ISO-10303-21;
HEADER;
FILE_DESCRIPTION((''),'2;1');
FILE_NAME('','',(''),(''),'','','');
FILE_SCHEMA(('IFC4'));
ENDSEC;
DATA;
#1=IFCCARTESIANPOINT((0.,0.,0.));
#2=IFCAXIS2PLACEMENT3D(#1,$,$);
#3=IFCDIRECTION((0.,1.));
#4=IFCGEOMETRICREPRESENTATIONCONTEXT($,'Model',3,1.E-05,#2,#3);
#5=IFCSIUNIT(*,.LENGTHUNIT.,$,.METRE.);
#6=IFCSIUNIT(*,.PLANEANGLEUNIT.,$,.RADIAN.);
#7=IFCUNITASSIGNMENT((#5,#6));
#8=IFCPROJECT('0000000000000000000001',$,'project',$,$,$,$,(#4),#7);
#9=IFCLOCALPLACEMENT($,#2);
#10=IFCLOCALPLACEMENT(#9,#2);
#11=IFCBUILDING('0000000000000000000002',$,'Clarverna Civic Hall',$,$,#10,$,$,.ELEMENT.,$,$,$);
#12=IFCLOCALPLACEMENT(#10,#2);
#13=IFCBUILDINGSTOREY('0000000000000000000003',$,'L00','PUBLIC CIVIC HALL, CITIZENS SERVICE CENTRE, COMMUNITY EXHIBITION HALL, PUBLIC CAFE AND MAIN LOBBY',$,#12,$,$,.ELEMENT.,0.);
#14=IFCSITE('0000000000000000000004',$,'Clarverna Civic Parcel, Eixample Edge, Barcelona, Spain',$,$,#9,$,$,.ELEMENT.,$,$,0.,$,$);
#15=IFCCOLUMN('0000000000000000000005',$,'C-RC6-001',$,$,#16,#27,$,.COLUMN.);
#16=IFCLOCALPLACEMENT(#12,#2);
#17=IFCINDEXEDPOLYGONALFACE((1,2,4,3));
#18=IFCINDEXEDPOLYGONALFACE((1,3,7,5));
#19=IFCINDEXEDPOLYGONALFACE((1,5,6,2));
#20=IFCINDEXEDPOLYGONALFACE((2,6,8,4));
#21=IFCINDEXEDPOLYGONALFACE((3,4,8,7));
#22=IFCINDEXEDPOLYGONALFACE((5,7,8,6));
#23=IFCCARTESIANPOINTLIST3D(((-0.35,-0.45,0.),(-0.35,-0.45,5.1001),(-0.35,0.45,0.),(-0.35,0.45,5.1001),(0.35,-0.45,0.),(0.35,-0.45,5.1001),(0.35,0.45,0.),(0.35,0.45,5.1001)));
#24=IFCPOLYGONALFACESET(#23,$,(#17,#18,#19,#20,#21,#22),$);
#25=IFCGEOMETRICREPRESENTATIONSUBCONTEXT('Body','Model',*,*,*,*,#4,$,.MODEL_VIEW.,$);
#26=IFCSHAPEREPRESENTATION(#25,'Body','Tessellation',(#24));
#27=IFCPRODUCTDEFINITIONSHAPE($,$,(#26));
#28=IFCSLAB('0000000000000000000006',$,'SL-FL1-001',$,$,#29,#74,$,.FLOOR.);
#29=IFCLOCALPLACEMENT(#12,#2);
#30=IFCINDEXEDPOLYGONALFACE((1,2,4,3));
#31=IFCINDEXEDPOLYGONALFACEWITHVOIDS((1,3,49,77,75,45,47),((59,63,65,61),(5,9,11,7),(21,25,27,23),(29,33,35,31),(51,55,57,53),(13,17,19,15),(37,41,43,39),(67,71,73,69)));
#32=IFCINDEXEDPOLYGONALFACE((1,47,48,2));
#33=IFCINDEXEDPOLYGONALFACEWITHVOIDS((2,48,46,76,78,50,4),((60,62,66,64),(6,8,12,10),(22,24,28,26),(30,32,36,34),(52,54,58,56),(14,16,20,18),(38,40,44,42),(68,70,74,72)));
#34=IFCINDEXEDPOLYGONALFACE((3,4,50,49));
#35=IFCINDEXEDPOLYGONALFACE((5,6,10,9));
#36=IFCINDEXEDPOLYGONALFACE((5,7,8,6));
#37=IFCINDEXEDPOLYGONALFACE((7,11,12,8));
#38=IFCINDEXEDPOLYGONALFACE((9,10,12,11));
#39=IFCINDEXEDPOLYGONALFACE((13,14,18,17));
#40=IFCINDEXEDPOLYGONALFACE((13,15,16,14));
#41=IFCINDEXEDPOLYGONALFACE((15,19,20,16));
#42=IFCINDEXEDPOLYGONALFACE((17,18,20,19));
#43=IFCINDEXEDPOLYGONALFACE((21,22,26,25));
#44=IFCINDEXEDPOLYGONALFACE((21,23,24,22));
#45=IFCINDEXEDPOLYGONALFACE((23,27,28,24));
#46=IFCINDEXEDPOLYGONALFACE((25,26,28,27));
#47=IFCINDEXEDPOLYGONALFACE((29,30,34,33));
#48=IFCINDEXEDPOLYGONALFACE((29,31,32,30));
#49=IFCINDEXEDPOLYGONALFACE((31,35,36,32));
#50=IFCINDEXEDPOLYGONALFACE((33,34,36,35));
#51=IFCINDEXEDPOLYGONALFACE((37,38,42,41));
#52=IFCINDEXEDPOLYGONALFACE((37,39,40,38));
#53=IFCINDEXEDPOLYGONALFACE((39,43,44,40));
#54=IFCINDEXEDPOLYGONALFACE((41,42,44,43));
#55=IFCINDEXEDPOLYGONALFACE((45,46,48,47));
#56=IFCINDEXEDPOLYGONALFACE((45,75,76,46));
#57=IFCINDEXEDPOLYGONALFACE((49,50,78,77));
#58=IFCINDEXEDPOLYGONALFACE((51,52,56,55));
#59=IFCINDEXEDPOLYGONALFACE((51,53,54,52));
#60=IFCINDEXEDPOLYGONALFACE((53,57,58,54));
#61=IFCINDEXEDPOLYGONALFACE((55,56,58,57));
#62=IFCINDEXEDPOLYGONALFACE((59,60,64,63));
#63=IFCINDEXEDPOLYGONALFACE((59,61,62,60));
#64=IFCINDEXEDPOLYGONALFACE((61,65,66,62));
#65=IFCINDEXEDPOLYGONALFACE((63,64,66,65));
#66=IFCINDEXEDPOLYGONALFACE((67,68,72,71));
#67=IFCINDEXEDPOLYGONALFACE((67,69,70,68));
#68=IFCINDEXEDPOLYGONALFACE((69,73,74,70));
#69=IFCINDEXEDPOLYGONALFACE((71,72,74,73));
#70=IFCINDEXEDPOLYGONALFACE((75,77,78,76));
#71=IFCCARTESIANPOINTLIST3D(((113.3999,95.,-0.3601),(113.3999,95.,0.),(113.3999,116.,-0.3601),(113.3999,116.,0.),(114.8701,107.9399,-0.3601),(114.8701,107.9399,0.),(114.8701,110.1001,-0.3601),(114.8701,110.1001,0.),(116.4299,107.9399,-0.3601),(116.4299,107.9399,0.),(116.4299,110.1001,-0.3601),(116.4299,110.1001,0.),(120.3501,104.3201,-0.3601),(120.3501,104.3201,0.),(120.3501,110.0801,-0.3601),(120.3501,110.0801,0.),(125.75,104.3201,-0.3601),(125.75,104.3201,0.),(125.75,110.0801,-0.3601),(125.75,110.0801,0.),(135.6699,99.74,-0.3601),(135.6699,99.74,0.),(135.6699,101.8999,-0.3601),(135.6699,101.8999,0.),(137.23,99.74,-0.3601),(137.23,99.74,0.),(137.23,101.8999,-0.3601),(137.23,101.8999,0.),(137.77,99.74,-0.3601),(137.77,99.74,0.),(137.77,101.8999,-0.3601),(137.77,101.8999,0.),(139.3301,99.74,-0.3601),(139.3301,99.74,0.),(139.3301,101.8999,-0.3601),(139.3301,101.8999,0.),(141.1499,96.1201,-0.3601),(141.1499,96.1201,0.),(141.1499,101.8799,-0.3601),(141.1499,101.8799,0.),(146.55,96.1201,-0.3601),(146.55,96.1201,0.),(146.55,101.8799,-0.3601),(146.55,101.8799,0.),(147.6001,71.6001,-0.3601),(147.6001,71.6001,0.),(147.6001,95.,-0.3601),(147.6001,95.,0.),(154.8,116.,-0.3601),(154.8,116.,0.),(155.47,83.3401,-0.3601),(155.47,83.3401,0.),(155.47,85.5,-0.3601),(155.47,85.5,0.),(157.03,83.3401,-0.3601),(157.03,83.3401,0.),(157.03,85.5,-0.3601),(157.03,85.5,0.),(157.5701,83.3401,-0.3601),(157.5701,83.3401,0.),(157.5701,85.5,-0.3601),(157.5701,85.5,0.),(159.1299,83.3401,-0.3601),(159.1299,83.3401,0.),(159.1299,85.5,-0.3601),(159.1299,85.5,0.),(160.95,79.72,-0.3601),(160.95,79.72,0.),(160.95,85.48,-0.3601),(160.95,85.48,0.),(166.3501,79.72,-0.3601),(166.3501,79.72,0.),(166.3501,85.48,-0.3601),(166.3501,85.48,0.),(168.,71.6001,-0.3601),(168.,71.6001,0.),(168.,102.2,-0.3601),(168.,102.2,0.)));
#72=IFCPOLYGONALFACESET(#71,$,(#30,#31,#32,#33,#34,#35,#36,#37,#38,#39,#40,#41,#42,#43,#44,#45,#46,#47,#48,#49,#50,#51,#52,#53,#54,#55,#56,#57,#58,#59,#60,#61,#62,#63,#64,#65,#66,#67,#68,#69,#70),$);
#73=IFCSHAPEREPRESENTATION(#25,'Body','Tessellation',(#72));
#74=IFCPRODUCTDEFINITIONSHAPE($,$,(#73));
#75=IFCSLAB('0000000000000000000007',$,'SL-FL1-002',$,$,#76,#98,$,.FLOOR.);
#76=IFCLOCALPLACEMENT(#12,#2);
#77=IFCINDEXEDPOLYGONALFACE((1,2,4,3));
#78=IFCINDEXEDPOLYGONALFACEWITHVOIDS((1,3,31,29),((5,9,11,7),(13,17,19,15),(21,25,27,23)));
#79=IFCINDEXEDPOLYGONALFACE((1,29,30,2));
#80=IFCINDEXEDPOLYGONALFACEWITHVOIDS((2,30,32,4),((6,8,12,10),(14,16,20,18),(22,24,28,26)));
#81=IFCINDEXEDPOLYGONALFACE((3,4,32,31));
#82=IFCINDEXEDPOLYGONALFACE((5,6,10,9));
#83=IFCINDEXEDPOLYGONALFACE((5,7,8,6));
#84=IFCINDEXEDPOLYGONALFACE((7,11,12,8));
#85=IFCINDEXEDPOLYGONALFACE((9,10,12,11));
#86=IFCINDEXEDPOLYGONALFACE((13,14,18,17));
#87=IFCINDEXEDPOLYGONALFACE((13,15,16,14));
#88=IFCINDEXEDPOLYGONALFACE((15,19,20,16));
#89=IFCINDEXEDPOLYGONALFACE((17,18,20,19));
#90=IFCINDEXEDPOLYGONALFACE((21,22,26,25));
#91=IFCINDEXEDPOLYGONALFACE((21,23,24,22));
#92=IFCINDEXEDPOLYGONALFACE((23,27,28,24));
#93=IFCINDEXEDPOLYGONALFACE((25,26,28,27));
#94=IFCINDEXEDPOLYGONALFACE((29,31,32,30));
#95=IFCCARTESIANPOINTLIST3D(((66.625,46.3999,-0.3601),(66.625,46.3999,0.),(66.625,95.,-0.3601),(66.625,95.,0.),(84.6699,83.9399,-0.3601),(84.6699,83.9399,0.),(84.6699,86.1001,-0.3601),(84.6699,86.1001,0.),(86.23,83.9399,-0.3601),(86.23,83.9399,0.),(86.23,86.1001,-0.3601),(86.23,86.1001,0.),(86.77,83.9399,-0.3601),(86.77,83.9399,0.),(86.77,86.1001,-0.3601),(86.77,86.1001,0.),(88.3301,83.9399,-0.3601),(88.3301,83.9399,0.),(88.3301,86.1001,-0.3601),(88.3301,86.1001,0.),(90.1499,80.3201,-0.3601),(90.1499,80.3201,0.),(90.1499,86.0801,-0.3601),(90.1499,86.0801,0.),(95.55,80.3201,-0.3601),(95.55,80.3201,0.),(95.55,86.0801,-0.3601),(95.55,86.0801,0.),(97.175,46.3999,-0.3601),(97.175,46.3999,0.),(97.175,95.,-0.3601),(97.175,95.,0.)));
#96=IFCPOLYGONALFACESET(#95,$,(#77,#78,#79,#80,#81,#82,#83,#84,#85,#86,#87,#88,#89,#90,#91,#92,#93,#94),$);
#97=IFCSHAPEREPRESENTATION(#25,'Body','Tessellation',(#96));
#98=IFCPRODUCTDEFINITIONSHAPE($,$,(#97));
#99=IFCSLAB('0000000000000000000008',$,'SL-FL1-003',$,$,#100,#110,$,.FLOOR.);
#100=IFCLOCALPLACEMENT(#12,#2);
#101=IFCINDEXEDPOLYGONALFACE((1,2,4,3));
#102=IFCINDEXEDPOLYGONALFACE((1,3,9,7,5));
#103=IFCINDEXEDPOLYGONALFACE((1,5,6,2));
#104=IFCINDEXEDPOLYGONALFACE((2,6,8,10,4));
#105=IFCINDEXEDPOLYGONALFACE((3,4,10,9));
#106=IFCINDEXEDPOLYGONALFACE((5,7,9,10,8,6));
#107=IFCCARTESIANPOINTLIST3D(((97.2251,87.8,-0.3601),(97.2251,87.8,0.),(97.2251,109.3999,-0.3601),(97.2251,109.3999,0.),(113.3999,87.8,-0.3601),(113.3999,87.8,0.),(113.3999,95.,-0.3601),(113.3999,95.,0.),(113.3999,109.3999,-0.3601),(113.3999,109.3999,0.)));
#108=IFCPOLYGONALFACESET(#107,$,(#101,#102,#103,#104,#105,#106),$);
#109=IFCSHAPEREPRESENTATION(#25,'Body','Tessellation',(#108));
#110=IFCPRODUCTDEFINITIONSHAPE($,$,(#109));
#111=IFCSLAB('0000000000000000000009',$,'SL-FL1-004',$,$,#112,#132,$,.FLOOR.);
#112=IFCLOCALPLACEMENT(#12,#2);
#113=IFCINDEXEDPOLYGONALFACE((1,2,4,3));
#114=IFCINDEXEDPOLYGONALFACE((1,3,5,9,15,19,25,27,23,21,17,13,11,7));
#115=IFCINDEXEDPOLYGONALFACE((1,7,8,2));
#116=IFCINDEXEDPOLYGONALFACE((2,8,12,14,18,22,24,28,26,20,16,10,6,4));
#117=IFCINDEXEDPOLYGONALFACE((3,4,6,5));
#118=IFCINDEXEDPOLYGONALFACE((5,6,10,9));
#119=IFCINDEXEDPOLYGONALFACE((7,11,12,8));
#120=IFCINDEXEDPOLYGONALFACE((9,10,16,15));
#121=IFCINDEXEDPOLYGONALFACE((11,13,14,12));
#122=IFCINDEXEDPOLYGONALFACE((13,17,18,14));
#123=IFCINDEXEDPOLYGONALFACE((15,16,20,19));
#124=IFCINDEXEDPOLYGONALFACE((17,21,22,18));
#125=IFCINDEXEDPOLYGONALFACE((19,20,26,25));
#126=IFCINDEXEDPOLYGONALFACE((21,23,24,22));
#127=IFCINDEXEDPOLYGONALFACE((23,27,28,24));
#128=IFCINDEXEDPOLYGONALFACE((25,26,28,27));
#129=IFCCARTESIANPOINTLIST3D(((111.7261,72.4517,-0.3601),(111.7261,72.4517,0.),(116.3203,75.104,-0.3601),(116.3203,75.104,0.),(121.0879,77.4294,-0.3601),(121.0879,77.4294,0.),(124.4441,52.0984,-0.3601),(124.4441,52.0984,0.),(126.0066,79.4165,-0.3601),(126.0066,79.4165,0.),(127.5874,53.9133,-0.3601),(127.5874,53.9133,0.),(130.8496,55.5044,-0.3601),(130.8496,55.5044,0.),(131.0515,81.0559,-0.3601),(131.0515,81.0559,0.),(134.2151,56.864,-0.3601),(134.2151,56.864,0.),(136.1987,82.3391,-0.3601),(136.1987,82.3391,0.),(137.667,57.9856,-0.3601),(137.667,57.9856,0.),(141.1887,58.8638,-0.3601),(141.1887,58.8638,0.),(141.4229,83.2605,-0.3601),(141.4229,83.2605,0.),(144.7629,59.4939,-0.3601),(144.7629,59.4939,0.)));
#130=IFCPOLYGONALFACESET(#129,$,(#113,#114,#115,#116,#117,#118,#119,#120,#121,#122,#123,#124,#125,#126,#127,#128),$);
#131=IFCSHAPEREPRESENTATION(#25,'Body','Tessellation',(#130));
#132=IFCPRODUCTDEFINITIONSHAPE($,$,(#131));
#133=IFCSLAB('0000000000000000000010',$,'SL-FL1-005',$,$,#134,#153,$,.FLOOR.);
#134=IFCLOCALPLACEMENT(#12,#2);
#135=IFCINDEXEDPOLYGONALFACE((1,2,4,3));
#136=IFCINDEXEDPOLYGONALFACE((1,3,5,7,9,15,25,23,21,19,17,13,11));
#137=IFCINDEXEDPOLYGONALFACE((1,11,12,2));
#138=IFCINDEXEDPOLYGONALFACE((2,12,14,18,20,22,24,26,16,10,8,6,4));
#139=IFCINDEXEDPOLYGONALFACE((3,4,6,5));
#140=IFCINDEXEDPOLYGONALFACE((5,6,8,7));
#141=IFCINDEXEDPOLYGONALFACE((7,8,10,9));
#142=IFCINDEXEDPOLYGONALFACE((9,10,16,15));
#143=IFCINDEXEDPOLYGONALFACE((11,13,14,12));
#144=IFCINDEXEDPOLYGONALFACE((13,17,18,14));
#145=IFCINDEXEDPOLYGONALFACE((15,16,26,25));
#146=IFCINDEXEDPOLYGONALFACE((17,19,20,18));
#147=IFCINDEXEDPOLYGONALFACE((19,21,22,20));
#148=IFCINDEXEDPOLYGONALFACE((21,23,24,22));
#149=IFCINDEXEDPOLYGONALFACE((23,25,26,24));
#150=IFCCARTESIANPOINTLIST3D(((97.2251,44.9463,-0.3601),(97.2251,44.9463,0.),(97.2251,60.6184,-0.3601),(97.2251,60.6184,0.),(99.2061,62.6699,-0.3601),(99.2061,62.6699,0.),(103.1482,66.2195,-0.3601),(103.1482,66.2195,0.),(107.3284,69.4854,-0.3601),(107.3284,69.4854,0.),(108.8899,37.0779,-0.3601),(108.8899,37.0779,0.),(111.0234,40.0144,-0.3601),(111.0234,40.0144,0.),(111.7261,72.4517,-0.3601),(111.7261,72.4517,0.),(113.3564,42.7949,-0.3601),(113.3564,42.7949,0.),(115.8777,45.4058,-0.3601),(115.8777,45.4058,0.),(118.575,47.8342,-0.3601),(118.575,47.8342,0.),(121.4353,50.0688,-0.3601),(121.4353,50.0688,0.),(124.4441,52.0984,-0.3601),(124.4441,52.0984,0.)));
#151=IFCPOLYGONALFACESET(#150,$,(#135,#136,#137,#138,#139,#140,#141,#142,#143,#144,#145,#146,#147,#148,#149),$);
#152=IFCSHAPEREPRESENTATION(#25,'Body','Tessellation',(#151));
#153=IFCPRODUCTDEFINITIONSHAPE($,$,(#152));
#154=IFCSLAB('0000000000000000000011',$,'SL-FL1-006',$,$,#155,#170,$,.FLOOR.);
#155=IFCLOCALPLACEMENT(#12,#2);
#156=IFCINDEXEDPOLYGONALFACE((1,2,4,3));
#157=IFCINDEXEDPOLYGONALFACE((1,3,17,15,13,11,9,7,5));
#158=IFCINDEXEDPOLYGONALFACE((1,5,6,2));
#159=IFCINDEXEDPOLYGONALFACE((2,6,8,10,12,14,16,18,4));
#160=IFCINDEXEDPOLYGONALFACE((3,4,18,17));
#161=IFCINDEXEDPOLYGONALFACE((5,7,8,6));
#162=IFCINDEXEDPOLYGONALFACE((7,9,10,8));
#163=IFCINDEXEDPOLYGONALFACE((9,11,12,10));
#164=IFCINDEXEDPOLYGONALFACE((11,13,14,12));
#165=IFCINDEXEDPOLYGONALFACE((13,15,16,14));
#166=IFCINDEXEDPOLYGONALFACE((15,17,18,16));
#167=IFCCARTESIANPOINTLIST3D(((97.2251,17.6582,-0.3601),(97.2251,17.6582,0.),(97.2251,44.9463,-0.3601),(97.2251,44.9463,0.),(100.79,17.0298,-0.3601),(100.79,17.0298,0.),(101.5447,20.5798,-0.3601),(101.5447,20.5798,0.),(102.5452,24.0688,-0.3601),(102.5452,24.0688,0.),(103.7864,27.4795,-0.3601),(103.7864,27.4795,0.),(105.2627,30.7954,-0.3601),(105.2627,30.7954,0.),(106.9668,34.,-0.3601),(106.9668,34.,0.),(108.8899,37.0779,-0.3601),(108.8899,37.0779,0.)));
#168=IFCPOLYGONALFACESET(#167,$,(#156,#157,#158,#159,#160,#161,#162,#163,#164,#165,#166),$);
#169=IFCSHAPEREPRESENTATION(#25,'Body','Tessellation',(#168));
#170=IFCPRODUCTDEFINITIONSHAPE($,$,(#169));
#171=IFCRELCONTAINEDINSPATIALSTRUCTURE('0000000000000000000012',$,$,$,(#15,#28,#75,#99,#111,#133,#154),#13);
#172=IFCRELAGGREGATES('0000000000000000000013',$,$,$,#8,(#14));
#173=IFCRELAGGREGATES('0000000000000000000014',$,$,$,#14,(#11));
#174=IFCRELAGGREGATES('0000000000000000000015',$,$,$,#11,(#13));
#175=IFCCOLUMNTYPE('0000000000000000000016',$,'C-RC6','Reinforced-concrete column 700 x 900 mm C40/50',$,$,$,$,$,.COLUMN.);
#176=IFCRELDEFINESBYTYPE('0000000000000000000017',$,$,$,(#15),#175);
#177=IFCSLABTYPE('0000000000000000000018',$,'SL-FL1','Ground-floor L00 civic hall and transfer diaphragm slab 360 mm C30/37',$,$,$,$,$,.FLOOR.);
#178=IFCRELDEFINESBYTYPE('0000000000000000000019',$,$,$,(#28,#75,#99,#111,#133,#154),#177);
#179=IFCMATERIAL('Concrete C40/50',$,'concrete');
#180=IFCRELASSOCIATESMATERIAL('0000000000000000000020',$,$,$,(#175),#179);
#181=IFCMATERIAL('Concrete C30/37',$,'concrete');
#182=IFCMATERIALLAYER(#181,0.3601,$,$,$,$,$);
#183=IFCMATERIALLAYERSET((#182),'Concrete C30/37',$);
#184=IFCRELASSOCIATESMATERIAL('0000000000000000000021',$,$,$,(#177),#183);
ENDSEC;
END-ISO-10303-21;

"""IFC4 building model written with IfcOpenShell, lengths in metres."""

from ifc_helpers import new_model, si_unit, direction, frame, origin, origin_with_axes, origin_2d, place, context, subcontext, project, spatial, polyline, rectangle, outline, extrude, material, layer, layer_set, material_profile, profile_set, type_object, element, save


model = new_model("IFC4")

# Units and contexts
model_context = context("Model", 3, precision=1e-05, world=origin(), true_north=direction((0.0, 1.0)))
body_context = subcontext(model_context, "Body", "Model", "MODEL_VIEW")
ifc_project = project(units=[si_unit("LENGTHUNIT", "METRE"), si_unit("PLANEANGLEUNIT", "RADIAN")], contexts=[model_context])

# Site, building, storey
site_placement = place(None, origin())
site = spatial("IfcSite", under=ifc_project, at=site_placement, Name="Clarverna Civic Parcel, Eixample Edge, Barcelona, Spain", CompositionType="ELEMENT", RefElevation=0.0)
building_placement = place(site_placement, origin())
building = spatial("IfcBuilding", under=site, at=building_placement, Name="Clarverna Civic Hall", CompositionType="ELEMENT")
storey_placement = place(building_placement, origin())
storey = spatial("IfcBuildingStorey", under=building, at=storey_placement, Name="L00", Description="PUBLIC CIVIC HALL, CITIZENS SERVICE CENTRE, COMMUNITY EXHIBITION HALL, PUBLIC CAFE AND MAIN LOBBY", CompositionType="ELEMENT", Elevation=0.0)

# Column
ifc_material_1 = material(Name="Concrete C40/50", Category="concrete")
ifc_material_profile = material_profile(ifc_material_1, rectangle(XDim=0.7, YDim=0.8999, at=origin_2d()), Name="RC 700x900")
ifc_profile_set = profile_set([ifc_material_profile], Name="Concrete C40/50")
column_type = type_object("IfcColumnType", Name="C-RC6", Description="Reinforced-concrete column 700 x 900 mm C40/50", PredefinedType="COLUMN", material=ifc_profile_set)
column_placement = place(storey_placement, origin_with_axes())
element("IfcColumn", 1, at=column_placement, inside=storey, type_object=column_type, Name="C-RC6-001", PredefinedType="COLUMN", context=body_context, shape_type="SweptSolid", body=[
    extrude(rectangle(XDim=0.7, YDim=0.8999, at=origin_2d()), origin(), (0.0, 0.0, 1.0), 5.1001),
])

# Slabs
ifc_material_2 = material(Name="Concrete C30/37", Category="concrete")
ifc_layer_1 = layer(ifc_material_2, 0.3601)
ifc_layer_set_1 = layer_set([ifc_layer_1], Name="Concrete C30/37")
slab_type_1 = type_object("IfcSlabType", Name="SL-FL1", Description="Ground-floor L00 civic hall and transfer diaphragm slab 360 mm C30/37", PredefinedType="FLOOR", material=ifc_layer_set_1)
slab_1_placement = place(storey_placement, frame((0.0, 0.0, -0.3601)))
element("IfcSlab", 2, at=slab_1_placement, inside=storey, type_object=slab_type_1, Name="SL-FL1-001", PredefinedType="FLOOR", context=body_context, shape_type="SweptSolid", body=[
    extrude(outline(polyline([(113.3999, 95.0), (147.6001, 95.0), (147.6001, 71.6001), (168.0, 71.6001), (168.0, 102.2), (154.8, 116.0), (113.3999, 116.0), (113.3999, 95.0)]), holes=[polyline([(141.1499, 96.1201), (146.55, 96.1201), (146.55, 101.8799), (141.1499, 101.8799), (141.1499, 96.1201)]), polyline([(135.6699, 99.74), (137.23, 99.74), (137.23, 101.8999), (135.6699, 101.8999), (135.6699, 99.74)]), polyline([(137.77, 99.74), (139.3301, 99.74), (139.3301, 101.8999), (137.77, 101.8999), (137.77, 99.74)]), polyline([(160.95, 79.72), (166.3501, 79.72), (166.3501, 85.48), (160.95, 85.48), (160.95, 79.72)]), polyline([(155.47, 83.3401), (157.03, 83.3401), (157.03, 85.5), (155.47, 85.5), (155.47, 83.3401)]), polyline([(157.5701, 83.3401), (159.1299, 83.3401), (159.1299, 85.5), (157.5701, 85.5), (157.5701, 83.3401)]), polyline([(120.3501, 104.3201), (125.75, 104.3201), (125.75, 110.0801), (120.3501, 110.0801), (120.3501, 104.3201)]), polyline([(114.8701, 107.9399), (116.4299, 107.9399), (116.4299, 110.1001), (114.8701, 110.1001), (114.8701, 107.9399)])]), origin(), (0.0, 0.0, 1.0), 0.3601),
])
slab_2_placement = place(storey_placement, frame((0.0, 0.0, -0.3601)))
element("IfcSlab", 3, at=slab_2_placement, inside=storey, type_object=slab_type_1, Name="SL-FL1-002", PredefinedType="FLOOR", context=body_context, shape_type="SweptSolid", body=[
    extrude(outline(polyline([(97.175, 95.0), (66.625, 95.0), (66.625, 46.3999), (97.175, 46.3999), (97.175, 95.0)]), holes=[polyline([(90.1499, 80.3201), (95.55, 80.3201), (95.55, 86.0801), (90.1499, 86.0801), (90.1499, 80.3201)]), polyline([(84.6699, 83.9399), (86.23, 83.9399), (86.23, 86.1001), (84.6699, 86.1001), (84.6699, 83.9399)]), polyline([(86.77, 83.9399), (88.3301, 83.9399), (88.3301, 86.1001), (86.77, 86.1001), (86.77, 83.9399)])]), origin(), (0.0, 0.0, 1.0), 0.3601),
])
slab_3_placement = place(storey_placement, frame((0.0, 0.0, -0.3601)))
element("IfcSlab", 4, at=slab_3_placement, inside=storey, type_object=slab_type_1, Name="SL-FL1-003", PredefinedType="FLOOR", context=body_context, shape_type="SweptSolid", body=[
    extrude(outline(polyline([(113.3999, 109.3999), (97.2251, 109.3999), (97.2251, 87.8), (113.3999, 87.8), (113.3999, 95.0), (113.3999, 109.3999)])), origin(), (0.0, 0.0, 1.0), 0.3601),
])
slab_4_placement = place(storey_placement, frame((0.0, 0.0, -0.3601)))
element("IfcSlab", 5, at=slab_4_placement, inside=storey, type_object=slab_type_1, Name="SL-FL1-004", PredefinedType="FLOOR", context=body_context, shape_type="SweptSolid", body=[
    extrude(outline(polyline([(137.667, 57.9856), (141.1887, 58.8638), (144.7629, 59.4939), (141.4229, 83.2605), (136.1987, 82.3391), (131.0515, 81.0559), (126.0066, 79.4165), (121.0879, 77.4294), (116.3203, 75.104), (111.7261, 72.4517), (124.4441, 52.0984), (127.5874, 53.9133), (130.8496, 55.5044), (134.2151, 56.864), (137.667, 57.9856)])), origin(), (0.0, 0.0, 1.0), 0.3601),
])
slab_5_placement = place(storey_placement, frame((0.0, 0.0, -0.3601)))
element("IfcSlab", 6, at=slab_5_placement, inside=storey, type_object=slab_type_1, Name="SL-FL1-005", PredefinedType="FLOOR", context=body_context, shape_type="SweptSolid", body=[
    extrude(outline(polyline([(118.575, 47.8342), (121.4353, 50.0688), (124.4441, 52.0984), (111.7261, 72.4517), (107.3284, 69.4854), (103.1482, 66.2195), (99.2061, 62.6699), (97.2251, 60.6184), (97.2251, 44.9463), (108.8899, 37.0779), (111.0234, 40.0144), (113.3564, 42.7949), (115.8777, 45.4058), (118.575, 47.8342)])), origin(), (0.0, 0.0, 1.0), 0.3601),
])
slab_6_placement = place(storey_placement, frame((0.0, 0.0, -0.3601)))
element("IfcSlab", 7, at=slab_6_placement, inside=storey, type_object=slab_type_1, Name="SL-FL1-006", PredefinedType="FLOOR", context=body_context, shape_type="SweptSolid", body=[
    extrude(outline(polyline([(105.2627, 30.7954), (106.9668, 34.0), (108.8899, 37.0779), (97.2251, 44.9463), (97.2251, 17.6582), (100.79, 17.0298), (101.5447, 20.5798), (102.5452, 24.0688), (103.7864, 27.4795), (105.2627, 30.7954)])), origin(), (0.0, 0.0, 1.0), 0.3601),
])

save(model, "model.ifc")
